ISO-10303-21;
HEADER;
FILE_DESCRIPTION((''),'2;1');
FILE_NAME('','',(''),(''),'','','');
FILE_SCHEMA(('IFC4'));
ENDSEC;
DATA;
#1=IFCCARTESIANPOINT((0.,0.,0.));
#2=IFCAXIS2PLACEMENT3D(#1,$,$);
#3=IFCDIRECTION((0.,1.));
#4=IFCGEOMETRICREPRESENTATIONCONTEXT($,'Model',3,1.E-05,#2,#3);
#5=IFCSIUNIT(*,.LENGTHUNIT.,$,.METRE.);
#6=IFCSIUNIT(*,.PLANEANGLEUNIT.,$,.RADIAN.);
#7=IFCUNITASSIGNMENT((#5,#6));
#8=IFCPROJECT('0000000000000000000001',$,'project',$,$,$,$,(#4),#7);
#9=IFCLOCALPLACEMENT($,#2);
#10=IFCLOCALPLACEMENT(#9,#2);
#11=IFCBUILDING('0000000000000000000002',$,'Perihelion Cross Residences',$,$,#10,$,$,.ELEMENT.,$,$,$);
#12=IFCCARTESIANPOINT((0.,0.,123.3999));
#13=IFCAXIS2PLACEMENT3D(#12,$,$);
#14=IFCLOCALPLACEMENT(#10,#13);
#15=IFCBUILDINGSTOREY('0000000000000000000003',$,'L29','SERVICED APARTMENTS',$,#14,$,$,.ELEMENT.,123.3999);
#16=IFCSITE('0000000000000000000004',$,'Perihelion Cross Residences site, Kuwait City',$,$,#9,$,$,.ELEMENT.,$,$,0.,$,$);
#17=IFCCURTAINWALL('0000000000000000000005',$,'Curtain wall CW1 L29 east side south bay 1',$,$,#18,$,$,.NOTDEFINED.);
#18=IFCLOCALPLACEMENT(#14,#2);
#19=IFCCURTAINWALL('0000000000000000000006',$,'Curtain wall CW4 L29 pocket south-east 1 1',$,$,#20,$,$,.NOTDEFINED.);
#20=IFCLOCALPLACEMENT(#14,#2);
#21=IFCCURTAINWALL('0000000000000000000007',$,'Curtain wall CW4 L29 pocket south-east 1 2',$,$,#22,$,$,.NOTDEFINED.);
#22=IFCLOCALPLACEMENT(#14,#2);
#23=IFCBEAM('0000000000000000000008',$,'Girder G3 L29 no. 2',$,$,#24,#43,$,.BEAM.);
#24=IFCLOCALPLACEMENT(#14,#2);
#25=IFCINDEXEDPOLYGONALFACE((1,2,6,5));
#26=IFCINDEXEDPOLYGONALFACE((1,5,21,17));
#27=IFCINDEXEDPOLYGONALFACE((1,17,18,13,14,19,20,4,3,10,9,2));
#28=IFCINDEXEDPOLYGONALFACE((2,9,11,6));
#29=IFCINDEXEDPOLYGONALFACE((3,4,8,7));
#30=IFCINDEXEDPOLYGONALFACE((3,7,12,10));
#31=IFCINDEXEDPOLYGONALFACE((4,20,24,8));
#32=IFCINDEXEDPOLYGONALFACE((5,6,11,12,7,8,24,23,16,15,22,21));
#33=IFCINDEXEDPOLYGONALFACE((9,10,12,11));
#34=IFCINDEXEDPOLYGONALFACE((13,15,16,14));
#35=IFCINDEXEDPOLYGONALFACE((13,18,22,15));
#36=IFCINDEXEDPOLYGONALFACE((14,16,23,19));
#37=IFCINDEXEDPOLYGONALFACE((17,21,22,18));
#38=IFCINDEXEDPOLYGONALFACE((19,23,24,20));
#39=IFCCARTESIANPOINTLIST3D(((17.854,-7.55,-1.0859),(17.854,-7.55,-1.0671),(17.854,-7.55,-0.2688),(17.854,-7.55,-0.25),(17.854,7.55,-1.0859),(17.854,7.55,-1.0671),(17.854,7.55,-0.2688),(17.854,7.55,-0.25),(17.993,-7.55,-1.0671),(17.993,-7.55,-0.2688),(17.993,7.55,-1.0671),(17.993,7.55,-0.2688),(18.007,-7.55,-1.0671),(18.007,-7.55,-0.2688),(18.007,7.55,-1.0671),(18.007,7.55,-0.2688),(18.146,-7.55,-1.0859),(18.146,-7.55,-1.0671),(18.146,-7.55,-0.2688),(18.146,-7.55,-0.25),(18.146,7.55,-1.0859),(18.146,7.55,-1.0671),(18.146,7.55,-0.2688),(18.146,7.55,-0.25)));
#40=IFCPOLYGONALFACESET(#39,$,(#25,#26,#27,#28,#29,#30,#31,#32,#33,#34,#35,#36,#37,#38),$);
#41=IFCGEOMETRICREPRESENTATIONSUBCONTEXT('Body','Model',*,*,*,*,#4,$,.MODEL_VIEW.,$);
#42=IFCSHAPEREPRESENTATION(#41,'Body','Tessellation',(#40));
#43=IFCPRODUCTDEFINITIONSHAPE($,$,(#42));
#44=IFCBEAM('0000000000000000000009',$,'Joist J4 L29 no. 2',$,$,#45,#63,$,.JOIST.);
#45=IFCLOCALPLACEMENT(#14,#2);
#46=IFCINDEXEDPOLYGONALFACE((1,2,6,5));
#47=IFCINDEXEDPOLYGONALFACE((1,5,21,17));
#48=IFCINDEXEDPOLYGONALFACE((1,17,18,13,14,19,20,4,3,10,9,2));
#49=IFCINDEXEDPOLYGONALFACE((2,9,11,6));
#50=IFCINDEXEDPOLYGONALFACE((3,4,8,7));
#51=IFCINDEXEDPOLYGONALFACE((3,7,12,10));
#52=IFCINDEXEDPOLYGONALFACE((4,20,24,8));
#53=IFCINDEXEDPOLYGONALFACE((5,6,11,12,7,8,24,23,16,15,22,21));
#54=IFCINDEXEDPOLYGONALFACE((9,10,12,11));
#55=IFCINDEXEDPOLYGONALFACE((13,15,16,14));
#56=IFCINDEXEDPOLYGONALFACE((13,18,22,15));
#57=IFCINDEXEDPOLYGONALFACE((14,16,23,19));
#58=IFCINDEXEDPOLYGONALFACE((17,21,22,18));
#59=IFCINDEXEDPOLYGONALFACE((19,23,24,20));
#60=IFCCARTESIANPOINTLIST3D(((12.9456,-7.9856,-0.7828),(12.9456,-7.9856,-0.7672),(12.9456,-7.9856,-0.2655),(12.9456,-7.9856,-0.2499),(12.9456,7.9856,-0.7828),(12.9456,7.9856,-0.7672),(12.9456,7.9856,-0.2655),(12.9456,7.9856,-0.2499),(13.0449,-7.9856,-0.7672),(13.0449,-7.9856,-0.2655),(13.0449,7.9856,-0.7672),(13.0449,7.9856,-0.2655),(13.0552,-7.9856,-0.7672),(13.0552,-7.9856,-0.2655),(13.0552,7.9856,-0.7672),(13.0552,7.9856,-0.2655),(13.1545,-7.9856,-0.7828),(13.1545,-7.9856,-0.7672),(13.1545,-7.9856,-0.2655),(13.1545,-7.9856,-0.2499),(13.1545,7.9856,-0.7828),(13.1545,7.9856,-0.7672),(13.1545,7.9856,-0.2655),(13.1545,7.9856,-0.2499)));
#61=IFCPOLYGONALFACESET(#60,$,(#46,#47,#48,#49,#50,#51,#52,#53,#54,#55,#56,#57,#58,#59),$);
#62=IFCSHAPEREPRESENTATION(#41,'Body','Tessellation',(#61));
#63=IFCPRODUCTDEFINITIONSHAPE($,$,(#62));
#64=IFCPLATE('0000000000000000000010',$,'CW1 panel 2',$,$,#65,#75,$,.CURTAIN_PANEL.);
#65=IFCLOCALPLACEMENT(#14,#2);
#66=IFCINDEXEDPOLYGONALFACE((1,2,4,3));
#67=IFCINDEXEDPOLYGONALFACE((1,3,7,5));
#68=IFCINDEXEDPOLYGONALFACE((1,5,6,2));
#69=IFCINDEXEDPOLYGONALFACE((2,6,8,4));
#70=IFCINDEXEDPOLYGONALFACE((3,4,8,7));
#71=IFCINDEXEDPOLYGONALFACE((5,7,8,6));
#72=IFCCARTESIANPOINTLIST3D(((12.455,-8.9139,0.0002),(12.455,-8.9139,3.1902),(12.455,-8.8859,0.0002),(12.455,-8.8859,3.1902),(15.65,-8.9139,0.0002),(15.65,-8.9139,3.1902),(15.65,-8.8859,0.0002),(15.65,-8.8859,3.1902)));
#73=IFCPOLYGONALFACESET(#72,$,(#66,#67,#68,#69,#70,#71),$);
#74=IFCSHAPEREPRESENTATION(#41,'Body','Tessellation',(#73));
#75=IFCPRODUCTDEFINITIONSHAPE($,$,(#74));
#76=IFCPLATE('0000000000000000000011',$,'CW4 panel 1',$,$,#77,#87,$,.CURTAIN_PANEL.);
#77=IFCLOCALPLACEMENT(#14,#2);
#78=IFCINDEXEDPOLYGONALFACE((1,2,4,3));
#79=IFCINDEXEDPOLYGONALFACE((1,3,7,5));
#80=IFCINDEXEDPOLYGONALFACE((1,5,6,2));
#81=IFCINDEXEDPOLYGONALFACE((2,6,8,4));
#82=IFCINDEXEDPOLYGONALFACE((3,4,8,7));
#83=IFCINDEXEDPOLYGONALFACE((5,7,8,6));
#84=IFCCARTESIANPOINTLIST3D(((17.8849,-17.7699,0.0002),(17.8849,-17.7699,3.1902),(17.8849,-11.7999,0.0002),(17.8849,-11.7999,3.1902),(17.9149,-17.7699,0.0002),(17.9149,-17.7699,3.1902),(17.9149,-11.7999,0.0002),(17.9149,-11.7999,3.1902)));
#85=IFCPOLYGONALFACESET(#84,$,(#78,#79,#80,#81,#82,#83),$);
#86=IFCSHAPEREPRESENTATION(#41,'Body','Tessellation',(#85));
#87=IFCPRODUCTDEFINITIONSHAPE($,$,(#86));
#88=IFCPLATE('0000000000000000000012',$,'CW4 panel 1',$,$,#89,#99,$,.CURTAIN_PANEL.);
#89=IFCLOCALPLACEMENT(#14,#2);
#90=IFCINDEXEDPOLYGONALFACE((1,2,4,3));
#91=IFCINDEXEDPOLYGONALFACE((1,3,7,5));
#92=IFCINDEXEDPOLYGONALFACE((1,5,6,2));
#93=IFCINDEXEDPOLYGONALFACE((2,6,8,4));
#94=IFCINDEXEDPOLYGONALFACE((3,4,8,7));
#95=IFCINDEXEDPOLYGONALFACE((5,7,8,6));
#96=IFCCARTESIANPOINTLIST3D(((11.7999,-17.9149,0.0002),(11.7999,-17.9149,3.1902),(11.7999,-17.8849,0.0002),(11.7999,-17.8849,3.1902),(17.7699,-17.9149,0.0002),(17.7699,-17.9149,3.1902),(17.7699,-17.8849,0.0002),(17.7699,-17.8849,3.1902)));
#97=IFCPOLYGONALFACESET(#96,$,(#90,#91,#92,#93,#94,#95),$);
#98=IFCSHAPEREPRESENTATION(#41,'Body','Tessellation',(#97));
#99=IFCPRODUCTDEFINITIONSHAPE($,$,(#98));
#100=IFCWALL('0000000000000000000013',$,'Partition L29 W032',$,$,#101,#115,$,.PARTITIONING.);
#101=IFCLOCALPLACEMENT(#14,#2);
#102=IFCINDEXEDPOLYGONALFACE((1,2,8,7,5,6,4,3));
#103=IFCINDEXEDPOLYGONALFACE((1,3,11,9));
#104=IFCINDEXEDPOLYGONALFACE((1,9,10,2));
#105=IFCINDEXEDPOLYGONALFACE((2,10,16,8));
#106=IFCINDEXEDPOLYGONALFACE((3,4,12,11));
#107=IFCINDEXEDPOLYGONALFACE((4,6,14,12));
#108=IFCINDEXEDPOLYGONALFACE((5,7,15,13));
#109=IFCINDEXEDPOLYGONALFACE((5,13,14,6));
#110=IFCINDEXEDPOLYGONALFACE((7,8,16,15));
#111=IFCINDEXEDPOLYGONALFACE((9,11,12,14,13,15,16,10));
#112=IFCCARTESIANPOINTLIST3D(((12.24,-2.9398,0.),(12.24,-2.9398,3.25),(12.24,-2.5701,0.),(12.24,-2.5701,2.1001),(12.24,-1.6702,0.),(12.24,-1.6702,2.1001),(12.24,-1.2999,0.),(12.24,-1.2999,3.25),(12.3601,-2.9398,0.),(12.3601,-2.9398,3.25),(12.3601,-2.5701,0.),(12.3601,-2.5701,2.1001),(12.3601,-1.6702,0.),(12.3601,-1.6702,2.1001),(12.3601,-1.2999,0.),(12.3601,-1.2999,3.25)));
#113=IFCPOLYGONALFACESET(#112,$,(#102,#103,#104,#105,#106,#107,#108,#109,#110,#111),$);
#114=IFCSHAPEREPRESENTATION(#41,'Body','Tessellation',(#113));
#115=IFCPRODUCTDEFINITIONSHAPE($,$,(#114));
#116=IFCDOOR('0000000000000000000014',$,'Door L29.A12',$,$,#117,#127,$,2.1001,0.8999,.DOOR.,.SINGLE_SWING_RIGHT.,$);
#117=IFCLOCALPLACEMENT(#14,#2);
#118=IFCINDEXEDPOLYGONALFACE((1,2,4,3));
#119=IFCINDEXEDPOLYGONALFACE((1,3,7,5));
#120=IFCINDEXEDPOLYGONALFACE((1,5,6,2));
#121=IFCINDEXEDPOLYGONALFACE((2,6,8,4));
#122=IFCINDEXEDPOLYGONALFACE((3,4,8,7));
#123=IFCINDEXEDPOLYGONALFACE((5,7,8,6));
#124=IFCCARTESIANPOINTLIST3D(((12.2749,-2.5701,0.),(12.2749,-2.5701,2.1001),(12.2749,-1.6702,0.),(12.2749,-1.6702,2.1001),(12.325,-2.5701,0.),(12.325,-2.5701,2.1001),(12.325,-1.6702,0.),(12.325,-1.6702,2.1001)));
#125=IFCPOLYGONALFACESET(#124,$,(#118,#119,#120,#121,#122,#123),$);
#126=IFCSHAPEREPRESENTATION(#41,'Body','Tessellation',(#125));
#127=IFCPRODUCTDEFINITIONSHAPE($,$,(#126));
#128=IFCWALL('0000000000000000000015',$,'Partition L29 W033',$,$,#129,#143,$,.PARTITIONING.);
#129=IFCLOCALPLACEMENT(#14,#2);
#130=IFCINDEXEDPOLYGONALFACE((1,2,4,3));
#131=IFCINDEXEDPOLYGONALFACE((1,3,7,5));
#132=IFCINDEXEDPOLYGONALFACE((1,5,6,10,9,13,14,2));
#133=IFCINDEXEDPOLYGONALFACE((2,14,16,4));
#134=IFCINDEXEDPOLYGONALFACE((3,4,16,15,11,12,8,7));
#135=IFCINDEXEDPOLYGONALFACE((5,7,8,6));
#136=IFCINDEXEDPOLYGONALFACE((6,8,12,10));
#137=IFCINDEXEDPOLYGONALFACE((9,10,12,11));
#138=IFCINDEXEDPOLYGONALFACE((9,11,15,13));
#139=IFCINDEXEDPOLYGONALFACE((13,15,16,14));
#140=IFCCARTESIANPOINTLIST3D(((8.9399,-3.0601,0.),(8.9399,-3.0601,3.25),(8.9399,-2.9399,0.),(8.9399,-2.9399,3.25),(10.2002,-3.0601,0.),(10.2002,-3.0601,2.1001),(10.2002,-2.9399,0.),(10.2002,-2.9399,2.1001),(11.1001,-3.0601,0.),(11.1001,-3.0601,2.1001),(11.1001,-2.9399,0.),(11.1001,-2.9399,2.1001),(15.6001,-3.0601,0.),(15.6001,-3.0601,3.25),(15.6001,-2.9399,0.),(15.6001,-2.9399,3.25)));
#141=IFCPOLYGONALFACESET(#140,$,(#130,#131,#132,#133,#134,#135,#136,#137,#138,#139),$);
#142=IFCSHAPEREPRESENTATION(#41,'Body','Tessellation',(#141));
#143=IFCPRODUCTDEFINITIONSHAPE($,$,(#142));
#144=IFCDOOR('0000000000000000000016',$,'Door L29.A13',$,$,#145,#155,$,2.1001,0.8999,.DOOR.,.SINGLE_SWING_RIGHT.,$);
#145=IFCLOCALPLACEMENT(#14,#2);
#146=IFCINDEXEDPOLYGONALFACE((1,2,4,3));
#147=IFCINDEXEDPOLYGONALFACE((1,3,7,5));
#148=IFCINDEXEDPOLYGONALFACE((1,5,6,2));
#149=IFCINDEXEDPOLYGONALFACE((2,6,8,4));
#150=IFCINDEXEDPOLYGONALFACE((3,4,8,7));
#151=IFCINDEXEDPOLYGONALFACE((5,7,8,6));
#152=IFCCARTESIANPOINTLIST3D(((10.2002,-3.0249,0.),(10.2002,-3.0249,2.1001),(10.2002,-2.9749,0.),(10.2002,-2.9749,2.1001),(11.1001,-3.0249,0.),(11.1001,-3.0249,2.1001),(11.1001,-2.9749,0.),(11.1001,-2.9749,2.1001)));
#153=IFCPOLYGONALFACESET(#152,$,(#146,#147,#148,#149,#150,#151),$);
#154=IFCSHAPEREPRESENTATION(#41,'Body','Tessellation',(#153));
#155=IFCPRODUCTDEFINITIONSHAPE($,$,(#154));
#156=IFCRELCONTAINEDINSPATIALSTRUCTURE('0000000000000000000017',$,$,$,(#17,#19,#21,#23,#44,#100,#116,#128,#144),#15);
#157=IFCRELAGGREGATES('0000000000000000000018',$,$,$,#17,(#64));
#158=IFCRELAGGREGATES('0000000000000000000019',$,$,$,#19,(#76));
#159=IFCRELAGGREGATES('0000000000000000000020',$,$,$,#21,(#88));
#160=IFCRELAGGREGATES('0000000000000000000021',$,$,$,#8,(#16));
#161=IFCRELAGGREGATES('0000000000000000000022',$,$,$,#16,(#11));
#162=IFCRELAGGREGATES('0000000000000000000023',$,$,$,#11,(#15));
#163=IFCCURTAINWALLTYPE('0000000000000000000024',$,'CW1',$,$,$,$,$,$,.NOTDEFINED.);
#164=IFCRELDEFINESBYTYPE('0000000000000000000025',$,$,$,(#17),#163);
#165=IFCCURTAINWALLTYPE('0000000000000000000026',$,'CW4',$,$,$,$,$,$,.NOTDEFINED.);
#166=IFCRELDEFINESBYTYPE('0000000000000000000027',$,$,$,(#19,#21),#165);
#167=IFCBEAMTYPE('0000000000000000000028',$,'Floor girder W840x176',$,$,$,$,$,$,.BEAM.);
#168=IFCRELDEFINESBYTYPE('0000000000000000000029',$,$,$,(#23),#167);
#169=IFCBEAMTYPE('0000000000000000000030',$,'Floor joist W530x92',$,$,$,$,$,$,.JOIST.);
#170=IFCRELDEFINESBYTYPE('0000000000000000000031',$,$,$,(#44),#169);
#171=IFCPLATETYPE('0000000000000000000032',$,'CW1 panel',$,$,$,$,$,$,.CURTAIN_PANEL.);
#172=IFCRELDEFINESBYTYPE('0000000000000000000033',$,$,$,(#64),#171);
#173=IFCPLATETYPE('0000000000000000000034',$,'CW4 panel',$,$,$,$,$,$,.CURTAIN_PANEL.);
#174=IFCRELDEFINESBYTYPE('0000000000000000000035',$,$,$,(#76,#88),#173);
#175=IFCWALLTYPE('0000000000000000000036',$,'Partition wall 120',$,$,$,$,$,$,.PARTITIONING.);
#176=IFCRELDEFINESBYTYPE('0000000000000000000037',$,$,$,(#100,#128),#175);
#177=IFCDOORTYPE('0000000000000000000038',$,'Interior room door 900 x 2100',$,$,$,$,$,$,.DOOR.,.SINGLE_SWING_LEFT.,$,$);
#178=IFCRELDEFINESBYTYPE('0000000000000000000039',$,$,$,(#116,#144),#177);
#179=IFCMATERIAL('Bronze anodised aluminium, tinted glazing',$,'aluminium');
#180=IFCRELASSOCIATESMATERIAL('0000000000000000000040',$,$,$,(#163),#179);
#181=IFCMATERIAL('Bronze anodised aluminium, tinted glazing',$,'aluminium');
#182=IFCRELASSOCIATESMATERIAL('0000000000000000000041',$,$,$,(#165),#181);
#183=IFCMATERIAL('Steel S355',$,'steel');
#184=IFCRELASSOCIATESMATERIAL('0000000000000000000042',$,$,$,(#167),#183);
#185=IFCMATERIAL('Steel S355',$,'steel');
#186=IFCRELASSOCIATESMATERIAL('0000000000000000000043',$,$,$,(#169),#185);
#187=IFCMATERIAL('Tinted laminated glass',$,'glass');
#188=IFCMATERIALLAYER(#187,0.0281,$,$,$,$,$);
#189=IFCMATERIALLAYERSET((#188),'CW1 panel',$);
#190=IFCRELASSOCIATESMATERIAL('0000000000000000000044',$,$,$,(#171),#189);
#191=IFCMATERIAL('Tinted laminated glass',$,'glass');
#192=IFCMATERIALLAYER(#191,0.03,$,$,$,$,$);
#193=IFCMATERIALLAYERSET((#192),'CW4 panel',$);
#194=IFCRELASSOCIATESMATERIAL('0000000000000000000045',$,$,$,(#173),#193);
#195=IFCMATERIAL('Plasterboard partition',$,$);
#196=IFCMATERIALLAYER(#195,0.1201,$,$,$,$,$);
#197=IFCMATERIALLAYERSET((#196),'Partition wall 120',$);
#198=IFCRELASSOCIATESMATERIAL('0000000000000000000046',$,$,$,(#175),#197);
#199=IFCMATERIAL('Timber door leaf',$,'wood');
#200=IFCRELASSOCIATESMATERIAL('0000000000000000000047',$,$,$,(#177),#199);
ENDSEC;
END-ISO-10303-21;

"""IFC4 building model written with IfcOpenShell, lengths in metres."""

from ifc_helpers import new_model, si_unit, direction, frame, frame_2d, origin, origin_2d, place, context, subcontext, project, spatial, rectangle, i_section, extrude, material, layer, layer_set, material_profile, profile_set, type_object, element, fill, aggregate, save


model = new_model("IFC4")

# Units and contexts
model_context = context("Model", 3, precision=1e-05, world=origin(), true_north=direction((0.0, 1.0)))
body_context = subcontext(model_context, "Body", "Model", "MODEL_VIEW")
ifc_project = project(units=[si_unit("LENGTHUNIT", "METRE"), si_unit("PLANEANGLEUNIT", "RADIAN")], contexts=[model_context])

# Site, building, storey
site_placement = place(None, origin())
site = spatial("IfcSite", under=ifc_project, at=site_placement, Name="Perihelion Cross Residences site, Kuwait City", CompositionType="ELEMENT", RefElevation=0.0)
building_placement = place(site_placement, origin())
building = spatial("IfcBuilding", under=site, at=building_placement, Name="Perihelion Cross Residences", CompositionType="ELEMENT")
storey_placement = place(building_placement, frame((0.0, 0.0, 123.3999)))
storey = spatial("IfcBuildingStorey", under=building, at=storey_placement, Name="L29", Description="SERVICED APARTMENTS", CompositionType="ELEMENT", Elevation=123.3999)

# Curtain wall
ifc_material_1 = material(Name="Bronze anodised aluminium, tinted glazing", Category="aluminium")
curtain_wall_type_1 = type_object("IfcCurtainWallType", Name="CW1", PredefinedType="NOTDEFINED", material=ifc_material_1)
curtain_wall_1_placement = place(storey_placement, origin())
curtain_wall_1 = element("IfcCurtainWall", 1, at=curtain_wall_1_placement, inside=storey, type_object=curtain_wall_type_1, Name="Curtain wall CW1 L29 east side south bay 1", PredefinedType="NOTDEFINED")

# Curtain walls
ifc_material_2 = material(Name="Bronze anodised aluminium, tinted glazing", Category="aluminium")
curtain_wall_type_2 = type_object("IfcCurtainWallType", Name="CW4", PredefinedType="NOTDEFINED", material=ifc_material_2)
curtain_wall_2_placement = place(storey_placement, origin())
curtain_wall_2 = element("IfcCurtainWall", 2, at=curtain_wall_2_placement, inside=storey, type_object=curtain_wall_type_2, Name="Curtain wall CW4 L29 pocket south-east 1 1", PredefinedType="NOTDEFINED")
curtain_wall_3_placement = place(storey_placement, origin())
curtain_wall_3 = element("IfcCurtainWall", 3, at=curtain_wall_3_placement, inside=storey, type_object=curtain_wall_type_2, Name="Curtain wall CW4 L29 pocket south-east 1 2", PredefinedType="NOTDEFINED")

# Beams
ifc_material_3 = material(Name="Steel S355", Category="steel")
ifc_material_profile_1 = material_profile(ifc_material_3, i_section(OverallWidth=0.292, OverallDepth=0.8359, WebThickness=0.0139, FlangeThickness=0.0188, at=origin_2d()), Name="W840x176")
ifc_profile_set_1 = profile_set([ifc_material_profile_1], Name="Steel S355")
beam_type_1 = type_object("IfcBeamType", Name="Floor girder W840x176", PredefinedType="BEAM", material=ifc_profile_set_1)
beam_1_placement = place(storey_placement, frame((18.0, -7.55, -0.668), z_axis=(0.0, 1.0, 0.0), x_axis=(-1.0, 0.0, 0.0)))
element("IfcBeam", 4, at=beam_1_placement, inside=storey, type_object=beam_type_1, Name="Girder G3 L29 no. 2", PredefinedType="BEAM", context=body_context, shape_type="SweptSolid", body=[
    extrude(i_section(OverallWidth=0.292, OverallDepth=0.8359, WebThickness=0.0139, FlangeThickness=0.0188, at=origin_2d()), origin(), (0.0, 0.0, 1.0), 15.1001),
])
ifc_material_4 = material(Name="Steel S355", Category="steel")
ifc_material_profile_2 = material_profile(ifc_material_4, i_section(OverallWidth=0.209, OverallDepth=0.533, WebThickness=0.0103, FlangeThickness=0.0156, at=origin_2d()), Name="W530x92")
ifc_profile_set_2 = profile_set([ifc_material_profile_2], Name="Steel S355")
beam_type_2 = type_object("IfcBeamType", Name="Floor joist W530x92", PredefinedType="JOIST", material=ifc_profile_set_2)
beam_2_placement = place(storey_placement, frame((13.05, -7.9856, -0.5164), z_axis=(0.0, 1.0, 0.0), x_axis=(-1.0, 0.0, 0.0)))
element("IfcBeam", 5, at=beam_2_placement, inside=storey, type_object=beam_type_2, Name="Joist J4 L29 no. 2", PredefinedType="JOIST", context=body_context, shape_type="SweptSolid", body=[
    extrude(i_section(OverallWidth=0.209, OverallDepth=0.533, WebThickness=0.0103, FlangeThickness=0.0156, at=origin_2d()), origin(), (0.0, 0.0, 1.0), 15.9712),
])

# Plates
ifc_material_5 = material(Name="Tinted laminated glass", Category="glass")
ifc_layer_1 = layer(ifc_material_5, 0.0281)
ifc_layer_set_1 = layer_set([ifc_layer_1], Name="CW1 panel")
plate_type_1 = type_object("IfcPlateType", Name="CW1 panel", PredefinedType="CURTAIN_PANEL", material=ifc_layer_set_1)
plate_1_placement = place(storey_placement, frame((14.0525, -8.8999, 0.0002), z_axis=(0.0, 0.0, 1.0), x_axis=(1.0, 0.0, 0.0)))
plate_1 = element("IfcPlate", 6, at=plate_1_placement, type_object=plate_type_1, Name="CW1 panel 2", PredefinedType="CURTAIN_PANEL", context=body_context, shape_type="SweptSolid", body=[
    extrude(rectangle(XDim=3.1951, YDim=0.0281, at=origin_2d()), origin(), (0.0, 0.0, 1.0), 3.1899),
])
aggregate(curtain_wall_1, [plate_1])
ifc_material_6 = material(Name="Tinted laminated glass", Category="glass")
ifc_layer_2 = layer(ifc_material_6, 0.03)
ifc_layer_set_2 = layer_set([ifc_layer_2], Name="CW4 panel")
plate_type_2 = type_object("IfcPlateType", Name="CW4 panel", PredefinedType="CURTAIN_PANEL", material=ifc_layer_set_2)
plate_2_placement = place(storey_placement, frame((17.8999, -14.7849, 0.0002), z_axis=(0.0, 0.0, 1.0), x_axis=(0.0, -1.0, 0.0)))
plate_2 = element("IfcPlate", 7, at=plate_2_placement, type_object=plate_type_2, Name="CW4 panel 1", PredefinedType="CURTAIN_PANEL", context=body_context, shape_type="SweptSolid", body=[
    extrude(rectangle(XDim=5.97, YDim=0.03, at=origin_2d()), origin(), (0.0, 0.0, 1.0), 3.1899),
])
aggregate(curtain_wall_2, [plate_2])
plate_3_placement = place(storey_placement, frame((14.7849, -17.8999, 0.0002), z_axis=(0.0, 0.0, 1.0), x_axis=(-1.0, 0.0, 0.0)))
plate_3 = element("IfcPlate", 8, at=plate_3_placement, type_object=plate_type_2, Name="CW4 panel 1", PredefinedType="CURTAIN_PANEL", context=body_context, shape_type="SweptSolid", body=[
    extrude(rectangle(XDim=5.97, YDim=0.03, at=origin_2d()), origin(), (0.0, 0.0, 1.0), 3.1899),
])
aggregate(curtain_wall_3, [plate_3])

# Walls, openings, doors
ifc_material_7 = material(Name="Plasterboard partition")
ifc_layer_3 = layer(ifc_material_7, 0.1201)
ifc_layer_set_3 = layer_set([ifc_layer_3], Name="Partition wall 120")
wall_type_1 = type_object("IfcWallType", Name="Partition wall 120", PredefinedType="PARTITIONING", material=ifc_layer_set_3)
wall_1_placement = place(storey_placement, frame((12.3, -1.3, 0.0), z_axis=(0.0, 0.0, 1.0), x_axis=(0.0, -1.0, 0.0)))
wall_1 = element("IfcWall", 9, at=wall_1_placement, inside=storey, type_object=wall_type_1, Name="Partition L29 W032", PredefinedType="PARTITIONING", context=body_context, shape_type="SweptSolid", body=[
    extrude(rectangle(XDim=1.6399, YDim=0.1201, at=frame_2d((0.8198, 0.0))), origin(), (0.0, 0.0, 1.0), 3.25),
])
opening_1_placement = place(wall_1_placement, frame((0.3701, 0.0, 0.0)))
opening_1 = element("IfcOpeningElement", 10, at=opening_1_placement, cuts=wall_1, PredefinedType="OPENING", context=body_context, shape_type="SweptSolid", body=[
    extrude(rectangle(XDim=0.8999, YDim=2.1001, at=frame_2d((0.45, 1.05))), frame((0.0, 0.0701, 0.0), z_axis=(0.0, -1.0, 0.0), x_axis=(1.0, 0.0, 0.0)), (0.0, 0.0, 1.0), 0.1401),
])
ifc_material_8 = material(Name="Timber door leaf", Category="wood")
door_type_1 = type_object("IfcDoorType", Name="Interior room door 900 x 2100", OperationType="SINGLE_SWING_LEFT", PredefinedType="DOOR", material=ifc_material_8)
door_1_placement = place(opening_1_placement, origin())
door_1 = element("IfcDoor", 11, at=door_1_placement, inside=storey, type_object=door_type_1, Name="Door L29.A12", OperationType="SINGLE_SWING_RIGHT", OverallHeight=2.1001, OverallWidth=0.8999, PredefinedType="DOOR", context=body_context, shape_type="SweptSolid", body=[
    extrude(rectangle(XDim=0.8999, YDim=2.1001, at=frame_2d((0.45, 1.05))), frame((0.0, 0.0249, 0.0), z_axis=(0.0, -1.0, 0.0), x_axis=(1.0, 0.0, 0.0)), (0.0, 0.0, 1.0), 0.05),
])
fill(opening_1, door_1)
wall_2_placement = place(storey_placement, frame((15.6001, -3.0, 0.0), z_axis=(0.0, 0.0, 1.0), x_axis=(-1.0, 0.0, 0.0)))
wall_2 = element("IfcWall", 12, at=wall_2_placement, inside=storey, type_object=wall_type_1, Name="Partition L29 W033", PredefinedType="PARTITIONING", context=body_context, shape_type="SweptSolid", body=[
    extrude(rectangle(XDim=6.6602, YDim=0.1201, at=frame_2d((3.3301, 0.0))), origin(), (0.0, 0.0, 1.0), 3.25),
])
opening_2_placement = place(wall_2_placement, frame((4.5, 0.0, 0.0)))
opening_2 = element("IfcOpeningElement", 13, at=opening_2_placement, cuts=wall_2, PredefinedType="OPENING", context=body_context, shape_type="SweptSolid", body=[
    extrude(rectangle(XDim=0.8999, YDim=2.1001, at=frame_2d((0.45, 1.05))), frame((0.0, 0.0701, 0.0), z_axis=(0.0, -1.0, 0.0), x_axis=(1.0, 0.0, 0.0)), (0.0, 0.0, 1.0), 0.1401),
])
door_2_placement = place(opening_2_placement, origin())
door_2 = element("IfcDoor", 14, at=door_2_placement, inside=storey, type_object=door_type_1, Name="Door L29.A13", OperationType="SINGLE_SWING_RIGHT", OverallHeight=2.1001, OverallWidth=0.8999, PredefinedType="DOOR", context=body_context, shape_type="SweptSolid", body=[
    extrude(rectangle(XDim=0.8999, YDim=2.1001, at=frame_2d((0.45, 1.05))), frame((0.0, 0.0249, 0.0), z_axis=(0.0, -1.0, 0.0), x_axis=(1.0, 0.0, 0.0)), (0.0, 0.0, 1.0), 0.05),
])
fill(opening_2, door_2)

save(model, "model.ifc")
